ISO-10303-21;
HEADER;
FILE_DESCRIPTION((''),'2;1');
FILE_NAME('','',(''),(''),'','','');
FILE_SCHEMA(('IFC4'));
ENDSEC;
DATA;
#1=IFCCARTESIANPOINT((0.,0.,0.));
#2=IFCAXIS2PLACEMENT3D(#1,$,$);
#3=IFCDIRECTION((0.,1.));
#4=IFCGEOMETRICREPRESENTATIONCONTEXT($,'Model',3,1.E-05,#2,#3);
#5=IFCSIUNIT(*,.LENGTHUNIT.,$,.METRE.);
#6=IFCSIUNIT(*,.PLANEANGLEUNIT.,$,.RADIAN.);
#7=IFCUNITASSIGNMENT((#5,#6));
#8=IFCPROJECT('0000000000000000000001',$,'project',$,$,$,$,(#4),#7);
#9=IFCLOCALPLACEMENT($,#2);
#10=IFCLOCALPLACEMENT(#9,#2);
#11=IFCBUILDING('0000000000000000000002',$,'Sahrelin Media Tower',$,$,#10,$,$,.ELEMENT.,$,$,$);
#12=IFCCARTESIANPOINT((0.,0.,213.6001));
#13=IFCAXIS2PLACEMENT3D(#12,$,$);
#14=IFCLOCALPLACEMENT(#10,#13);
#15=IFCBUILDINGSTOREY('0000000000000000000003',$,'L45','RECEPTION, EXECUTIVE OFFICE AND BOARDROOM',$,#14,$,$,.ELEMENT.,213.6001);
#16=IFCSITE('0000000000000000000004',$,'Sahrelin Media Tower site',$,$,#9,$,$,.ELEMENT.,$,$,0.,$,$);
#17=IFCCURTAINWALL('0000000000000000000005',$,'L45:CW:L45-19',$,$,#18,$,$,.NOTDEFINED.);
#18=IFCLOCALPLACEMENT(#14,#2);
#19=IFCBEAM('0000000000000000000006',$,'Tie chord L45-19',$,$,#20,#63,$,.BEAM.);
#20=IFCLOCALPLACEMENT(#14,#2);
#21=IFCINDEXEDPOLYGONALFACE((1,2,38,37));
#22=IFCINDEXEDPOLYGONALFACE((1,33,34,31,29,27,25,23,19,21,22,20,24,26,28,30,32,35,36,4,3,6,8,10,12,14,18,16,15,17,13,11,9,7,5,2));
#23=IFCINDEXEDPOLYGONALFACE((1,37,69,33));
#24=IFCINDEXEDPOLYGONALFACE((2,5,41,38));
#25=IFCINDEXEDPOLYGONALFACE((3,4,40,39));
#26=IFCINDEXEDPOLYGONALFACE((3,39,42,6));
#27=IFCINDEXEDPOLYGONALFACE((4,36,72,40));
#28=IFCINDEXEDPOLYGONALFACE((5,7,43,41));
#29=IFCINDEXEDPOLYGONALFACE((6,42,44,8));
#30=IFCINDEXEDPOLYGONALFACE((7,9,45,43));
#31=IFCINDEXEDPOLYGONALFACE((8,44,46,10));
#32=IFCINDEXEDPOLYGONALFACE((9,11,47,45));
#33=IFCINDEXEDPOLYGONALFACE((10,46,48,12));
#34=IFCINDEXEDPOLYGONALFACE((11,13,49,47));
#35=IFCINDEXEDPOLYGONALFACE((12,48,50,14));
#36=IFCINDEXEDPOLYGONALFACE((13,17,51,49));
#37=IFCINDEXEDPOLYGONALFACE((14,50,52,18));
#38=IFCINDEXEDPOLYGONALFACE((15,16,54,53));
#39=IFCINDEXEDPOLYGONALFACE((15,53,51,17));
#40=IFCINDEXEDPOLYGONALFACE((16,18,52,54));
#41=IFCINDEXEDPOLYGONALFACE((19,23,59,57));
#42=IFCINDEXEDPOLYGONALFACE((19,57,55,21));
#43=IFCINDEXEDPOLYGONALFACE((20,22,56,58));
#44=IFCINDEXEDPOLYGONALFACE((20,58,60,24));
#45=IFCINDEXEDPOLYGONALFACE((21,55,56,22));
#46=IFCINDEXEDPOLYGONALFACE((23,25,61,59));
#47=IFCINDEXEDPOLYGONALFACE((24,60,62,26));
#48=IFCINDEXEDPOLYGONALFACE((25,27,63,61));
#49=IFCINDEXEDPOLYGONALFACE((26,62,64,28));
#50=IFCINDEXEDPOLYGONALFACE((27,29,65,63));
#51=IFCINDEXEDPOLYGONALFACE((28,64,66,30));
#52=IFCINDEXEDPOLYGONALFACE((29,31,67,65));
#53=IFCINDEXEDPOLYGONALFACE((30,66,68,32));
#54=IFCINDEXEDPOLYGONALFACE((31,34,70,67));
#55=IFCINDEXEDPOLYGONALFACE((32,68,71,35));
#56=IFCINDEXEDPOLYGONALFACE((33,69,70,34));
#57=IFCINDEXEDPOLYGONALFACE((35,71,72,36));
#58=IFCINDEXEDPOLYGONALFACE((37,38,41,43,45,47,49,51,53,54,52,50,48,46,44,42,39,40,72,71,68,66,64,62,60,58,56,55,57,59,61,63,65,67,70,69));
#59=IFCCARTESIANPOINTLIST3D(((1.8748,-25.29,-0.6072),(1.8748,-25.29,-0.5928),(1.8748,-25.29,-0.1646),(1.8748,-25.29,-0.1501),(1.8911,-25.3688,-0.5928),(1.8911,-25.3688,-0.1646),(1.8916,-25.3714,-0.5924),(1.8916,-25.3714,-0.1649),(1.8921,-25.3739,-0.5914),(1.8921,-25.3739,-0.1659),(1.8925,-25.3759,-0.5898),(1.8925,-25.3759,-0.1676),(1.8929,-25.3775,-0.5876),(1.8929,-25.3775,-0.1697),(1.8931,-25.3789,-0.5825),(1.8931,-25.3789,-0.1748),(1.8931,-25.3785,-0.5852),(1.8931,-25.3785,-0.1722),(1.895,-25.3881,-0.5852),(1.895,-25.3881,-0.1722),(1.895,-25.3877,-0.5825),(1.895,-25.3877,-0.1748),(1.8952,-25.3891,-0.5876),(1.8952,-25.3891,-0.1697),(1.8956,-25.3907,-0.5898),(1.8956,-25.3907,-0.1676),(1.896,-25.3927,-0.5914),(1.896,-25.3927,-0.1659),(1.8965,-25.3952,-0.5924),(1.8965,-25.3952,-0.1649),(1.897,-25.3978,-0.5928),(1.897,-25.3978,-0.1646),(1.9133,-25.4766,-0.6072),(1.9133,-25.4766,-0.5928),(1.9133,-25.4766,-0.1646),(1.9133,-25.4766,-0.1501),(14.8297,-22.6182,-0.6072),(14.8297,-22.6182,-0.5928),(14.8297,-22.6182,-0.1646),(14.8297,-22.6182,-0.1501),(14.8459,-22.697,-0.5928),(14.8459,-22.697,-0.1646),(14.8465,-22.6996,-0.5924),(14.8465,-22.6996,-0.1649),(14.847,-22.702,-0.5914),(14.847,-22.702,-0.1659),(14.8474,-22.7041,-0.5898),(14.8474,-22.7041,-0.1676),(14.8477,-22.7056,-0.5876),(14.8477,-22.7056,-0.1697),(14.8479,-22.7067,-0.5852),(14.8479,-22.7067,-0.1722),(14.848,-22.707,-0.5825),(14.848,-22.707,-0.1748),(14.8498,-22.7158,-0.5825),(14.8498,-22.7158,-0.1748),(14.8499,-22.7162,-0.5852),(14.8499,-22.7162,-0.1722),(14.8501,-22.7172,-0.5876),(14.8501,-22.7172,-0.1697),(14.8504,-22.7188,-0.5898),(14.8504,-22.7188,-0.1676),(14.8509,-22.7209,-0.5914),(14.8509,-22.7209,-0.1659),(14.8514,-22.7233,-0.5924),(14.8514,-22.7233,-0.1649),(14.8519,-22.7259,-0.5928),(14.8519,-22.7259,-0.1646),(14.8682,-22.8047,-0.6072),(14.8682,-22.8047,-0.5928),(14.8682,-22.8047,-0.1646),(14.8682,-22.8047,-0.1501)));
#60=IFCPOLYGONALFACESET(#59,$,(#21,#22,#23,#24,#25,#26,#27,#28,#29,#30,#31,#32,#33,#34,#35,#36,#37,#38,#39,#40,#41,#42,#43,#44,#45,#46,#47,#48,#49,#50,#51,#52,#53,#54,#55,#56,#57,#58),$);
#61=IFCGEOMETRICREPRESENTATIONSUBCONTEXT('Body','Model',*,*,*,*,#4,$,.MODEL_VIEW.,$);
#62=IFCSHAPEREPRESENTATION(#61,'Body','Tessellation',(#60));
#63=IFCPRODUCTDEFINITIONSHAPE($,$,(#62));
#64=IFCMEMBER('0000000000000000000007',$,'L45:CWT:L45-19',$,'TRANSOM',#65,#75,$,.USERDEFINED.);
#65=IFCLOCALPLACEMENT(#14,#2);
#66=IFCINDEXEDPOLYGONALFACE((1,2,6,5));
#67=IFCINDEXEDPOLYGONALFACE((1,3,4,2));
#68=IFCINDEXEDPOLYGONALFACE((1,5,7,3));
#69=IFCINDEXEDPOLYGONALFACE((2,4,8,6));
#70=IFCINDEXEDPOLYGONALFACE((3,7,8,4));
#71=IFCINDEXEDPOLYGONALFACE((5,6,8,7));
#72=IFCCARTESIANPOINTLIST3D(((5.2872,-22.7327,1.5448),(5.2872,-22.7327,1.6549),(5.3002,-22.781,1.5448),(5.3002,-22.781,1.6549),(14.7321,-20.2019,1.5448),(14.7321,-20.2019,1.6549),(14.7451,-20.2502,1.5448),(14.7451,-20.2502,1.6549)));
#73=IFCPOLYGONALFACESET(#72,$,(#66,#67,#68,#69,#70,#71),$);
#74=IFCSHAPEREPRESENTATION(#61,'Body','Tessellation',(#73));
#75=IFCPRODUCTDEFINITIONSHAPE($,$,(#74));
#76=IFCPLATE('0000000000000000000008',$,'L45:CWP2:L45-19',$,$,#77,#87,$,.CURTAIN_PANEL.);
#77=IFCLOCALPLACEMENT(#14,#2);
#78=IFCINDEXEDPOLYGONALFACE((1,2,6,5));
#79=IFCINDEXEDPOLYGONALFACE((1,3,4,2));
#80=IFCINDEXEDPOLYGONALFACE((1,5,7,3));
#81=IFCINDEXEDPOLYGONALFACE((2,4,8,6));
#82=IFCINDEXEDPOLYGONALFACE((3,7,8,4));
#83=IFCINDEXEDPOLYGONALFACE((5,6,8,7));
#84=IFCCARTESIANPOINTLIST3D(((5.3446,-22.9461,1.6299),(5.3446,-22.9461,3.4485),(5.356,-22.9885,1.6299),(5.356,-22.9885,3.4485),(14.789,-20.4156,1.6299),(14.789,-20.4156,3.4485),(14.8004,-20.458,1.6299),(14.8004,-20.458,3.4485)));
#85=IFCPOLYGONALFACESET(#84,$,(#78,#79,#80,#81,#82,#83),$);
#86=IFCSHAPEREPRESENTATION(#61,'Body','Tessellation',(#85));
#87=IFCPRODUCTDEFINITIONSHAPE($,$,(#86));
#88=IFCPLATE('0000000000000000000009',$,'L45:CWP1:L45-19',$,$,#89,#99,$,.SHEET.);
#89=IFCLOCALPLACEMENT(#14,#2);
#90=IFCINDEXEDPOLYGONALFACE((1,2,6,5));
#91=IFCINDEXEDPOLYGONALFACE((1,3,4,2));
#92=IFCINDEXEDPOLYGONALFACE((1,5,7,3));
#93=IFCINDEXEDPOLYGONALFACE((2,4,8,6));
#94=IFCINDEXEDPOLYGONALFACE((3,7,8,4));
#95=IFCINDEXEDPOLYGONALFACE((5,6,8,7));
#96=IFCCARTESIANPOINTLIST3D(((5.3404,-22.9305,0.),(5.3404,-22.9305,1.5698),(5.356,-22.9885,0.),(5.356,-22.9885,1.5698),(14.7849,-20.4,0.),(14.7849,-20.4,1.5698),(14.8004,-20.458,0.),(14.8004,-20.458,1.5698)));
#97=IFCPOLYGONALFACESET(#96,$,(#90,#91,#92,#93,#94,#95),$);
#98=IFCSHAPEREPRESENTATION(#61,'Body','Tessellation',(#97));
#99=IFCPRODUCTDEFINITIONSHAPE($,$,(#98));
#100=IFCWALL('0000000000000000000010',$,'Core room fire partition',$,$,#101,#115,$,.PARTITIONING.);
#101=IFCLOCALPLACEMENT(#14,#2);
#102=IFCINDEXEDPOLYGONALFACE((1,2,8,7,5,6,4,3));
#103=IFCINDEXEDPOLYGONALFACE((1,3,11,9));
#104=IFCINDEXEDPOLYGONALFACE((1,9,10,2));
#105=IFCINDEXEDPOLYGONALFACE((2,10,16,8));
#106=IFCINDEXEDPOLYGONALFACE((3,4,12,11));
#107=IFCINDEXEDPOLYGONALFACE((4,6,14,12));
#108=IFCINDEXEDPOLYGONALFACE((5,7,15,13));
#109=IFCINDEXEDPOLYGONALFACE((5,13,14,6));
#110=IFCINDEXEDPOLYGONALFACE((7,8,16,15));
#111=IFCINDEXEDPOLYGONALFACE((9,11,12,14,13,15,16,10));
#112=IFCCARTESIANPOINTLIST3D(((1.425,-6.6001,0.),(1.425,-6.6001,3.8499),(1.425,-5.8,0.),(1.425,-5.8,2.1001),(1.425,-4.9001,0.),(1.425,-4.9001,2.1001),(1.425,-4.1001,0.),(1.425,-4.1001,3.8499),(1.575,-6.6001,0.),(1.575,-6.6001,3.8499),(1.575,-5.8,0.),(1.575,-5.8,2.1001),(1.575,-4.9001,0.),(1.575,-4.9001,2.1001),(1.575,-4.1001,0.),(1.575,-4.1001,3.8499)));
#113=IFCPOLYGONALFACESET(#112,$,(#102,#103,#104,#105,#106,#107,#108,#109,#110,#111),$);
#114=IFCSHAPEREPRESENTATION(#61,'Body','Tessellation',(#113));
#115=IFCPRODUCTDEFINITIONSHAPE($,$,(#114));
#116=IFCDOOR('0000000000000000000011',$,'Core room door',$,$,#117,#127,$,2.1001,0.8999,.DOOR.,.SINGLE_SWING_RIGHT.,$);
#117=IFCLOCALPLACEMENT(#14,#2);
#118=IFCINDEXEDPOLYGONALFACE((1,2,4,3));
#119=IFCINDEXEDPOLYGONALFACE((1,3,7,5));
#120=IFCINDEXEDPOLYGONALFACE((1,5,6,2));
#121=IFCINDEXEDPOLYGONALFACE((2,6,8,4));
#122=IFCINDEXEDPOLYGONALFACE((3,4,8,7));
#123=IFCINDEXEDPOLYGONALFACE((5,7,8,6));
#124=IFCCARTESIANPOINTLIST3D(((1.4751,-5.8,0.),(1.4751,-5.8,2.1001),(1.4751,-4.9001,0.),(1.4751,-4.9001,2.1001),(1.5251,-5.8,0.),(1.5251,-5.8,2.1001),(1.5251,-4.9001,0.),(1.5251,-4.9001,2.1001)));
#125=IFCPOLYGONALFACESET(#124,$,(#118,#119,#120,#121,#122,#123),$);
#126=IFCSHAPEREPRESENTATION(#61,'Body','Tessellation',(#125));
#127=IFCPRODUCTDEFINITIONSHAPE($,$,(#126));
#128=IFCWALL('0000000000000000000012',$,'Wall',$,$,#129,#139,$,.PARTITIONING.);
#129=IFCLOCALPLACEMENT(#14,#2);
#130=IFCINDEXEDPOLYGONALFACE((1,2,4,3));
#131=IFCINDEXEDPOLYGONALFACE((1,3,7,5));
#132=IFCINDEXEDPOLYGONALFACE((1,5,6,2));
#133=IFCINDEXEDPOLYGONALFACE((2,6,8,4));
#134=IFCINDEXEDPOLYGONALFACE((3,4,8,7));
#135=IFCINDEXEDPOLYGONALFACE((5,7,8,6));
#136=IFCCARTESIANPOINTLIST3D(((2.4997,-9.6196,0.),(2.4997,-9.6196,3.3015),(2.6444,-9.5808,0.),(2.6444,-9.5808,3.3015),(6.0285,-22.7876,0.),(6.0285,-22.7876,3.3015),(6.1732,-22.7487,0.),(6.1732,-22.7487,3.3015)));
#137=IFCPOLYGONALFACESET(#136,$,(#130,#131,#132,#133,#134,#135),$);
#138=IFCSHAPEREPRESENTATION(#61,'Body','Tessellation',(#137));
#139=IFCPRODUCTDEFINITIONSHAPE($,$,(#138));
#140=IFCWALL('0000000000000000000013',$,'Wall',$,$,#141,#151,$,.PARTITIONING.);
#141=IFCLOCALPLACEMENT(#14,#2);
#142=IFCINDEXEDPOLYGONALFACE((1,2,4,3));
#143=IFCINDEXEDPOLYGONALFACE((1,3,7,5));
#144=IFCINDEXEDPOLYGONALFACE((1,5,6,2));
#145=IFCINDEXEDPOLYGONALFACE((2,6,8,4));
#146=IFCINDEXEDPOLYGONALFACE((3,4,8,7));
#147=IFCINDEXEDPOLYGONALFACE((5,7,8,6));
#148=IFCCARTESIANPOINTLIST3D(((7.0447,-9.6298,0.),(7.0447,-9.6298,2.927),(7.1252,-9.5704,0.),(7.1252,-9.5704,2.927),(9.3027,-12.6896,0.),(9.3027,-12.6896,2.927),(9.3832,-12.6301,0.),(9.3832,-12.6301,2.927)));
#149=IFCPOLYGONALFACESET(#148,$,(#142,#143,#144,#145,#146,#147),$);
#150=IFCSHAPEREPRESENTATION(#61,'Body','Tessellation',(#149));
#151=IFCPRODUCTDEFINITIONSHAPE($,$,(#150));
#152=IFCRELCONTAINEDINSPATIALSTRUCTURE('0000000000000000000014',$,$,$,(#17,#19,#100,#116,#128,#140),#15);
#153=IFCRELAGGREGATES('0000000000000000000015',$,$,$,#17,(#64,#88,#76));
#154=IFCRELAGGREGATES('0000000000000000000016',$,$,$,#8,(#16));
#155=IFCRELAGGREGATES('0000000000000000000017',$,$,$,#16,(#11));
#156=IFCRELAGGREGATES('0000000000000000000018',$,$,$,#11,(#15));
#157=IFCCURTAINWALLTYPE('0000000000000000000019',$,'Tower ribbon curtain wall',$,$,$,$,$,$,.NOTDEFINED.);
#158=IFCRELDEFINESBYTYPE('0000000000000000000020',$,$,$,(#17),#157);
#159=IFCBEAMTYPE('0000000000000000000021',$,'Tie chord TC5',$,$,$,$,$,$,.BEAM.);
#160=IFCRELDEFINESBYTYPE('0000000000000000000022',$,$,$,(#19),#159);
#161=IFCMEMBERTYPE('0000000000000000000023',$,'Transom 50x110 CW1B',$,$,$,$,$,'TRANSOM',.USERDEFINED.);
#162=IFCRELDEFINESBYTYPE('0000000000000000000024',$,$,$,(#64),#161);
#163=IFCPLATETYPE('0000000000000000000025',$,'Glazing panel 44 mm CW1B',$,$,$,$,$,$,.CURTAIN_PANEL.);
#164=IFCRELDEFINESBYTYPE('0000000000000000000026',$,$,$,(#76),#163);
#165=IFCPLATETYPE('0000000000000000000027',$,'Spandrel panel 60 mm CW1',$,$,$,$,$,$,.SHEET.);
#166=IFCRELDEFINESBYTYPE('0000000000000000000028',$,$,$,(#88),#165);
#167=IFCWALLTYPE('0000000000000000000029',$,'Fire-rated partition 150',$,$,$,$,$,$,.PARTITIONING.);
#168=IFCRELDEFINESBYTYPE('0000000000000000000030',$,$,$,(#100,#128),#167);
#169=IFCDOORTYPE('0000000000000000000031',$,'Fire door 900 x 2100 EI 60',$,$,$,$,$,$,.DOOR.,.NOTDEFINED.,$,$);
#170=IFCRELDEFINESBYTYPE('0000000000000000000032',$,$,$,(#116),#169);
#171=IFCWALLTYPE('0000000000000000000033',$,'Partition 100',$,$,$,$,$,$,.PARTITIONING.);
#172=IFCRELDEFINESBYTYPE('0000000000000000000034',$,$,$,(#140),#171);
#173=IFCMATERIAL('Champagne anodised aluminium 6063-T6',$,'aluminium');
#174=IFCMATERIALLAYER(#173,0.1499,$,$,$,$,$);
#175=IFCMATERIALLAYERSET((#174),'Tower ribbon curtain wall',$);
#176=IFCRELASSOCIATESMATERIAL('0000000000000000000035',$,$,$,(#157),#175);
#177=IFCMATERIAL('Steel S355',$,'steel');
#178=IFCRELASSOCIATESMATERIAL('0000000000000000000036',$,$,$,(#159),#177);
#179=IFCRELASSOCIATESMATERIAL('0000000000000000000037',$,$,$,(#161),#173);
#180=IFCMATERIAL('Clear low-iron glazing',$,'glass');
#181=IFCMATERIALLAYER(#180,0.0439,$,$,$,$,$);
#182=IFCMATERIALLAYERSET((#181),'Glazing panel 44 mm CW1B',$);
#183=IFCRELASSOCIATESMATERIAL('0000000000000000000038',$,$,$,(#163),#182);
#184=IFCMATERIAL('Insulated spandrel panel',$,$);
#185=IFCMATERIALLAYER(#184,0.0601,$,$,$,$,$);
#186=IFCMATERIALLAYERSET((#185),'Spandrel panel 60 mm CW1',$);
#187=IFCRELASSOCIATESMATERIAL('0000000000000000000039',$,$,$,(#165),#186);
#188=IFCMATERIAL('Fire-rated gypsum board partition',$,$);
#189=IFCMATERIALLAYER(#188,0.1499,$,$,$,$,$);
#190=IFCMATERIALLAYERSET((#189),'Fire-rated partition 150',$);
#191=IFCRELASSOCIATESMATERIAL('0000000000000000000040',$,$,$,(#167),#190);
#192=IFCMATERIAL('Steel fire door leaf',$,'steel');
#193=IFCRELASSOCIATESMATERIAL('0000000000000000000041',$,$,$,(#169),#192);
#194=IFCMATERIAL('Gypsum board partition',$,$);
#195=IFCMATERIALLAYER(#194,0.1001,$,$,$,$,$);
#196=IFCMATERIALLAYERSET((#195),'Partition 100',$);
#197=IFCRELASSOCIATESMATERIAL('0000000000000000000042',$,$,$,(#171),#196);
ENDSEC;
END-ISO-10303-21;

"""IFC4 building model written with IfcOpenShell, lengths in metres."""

from ifc_helpers import new_model, si_unit, direction, frame, frame_2d, origin, origin_2d, place, context, subcontext, project, spatial, polyline, rectangle, i_section, outline, extrude, material, layer, layer_set, material_profile, profile_set, type_object, element, fill, aggregate, save


model = new_model("IFC4")

# Units and contexts
model_context = context("Model", 3, precision=1e-05, world=origin(), true_north=direction((0.0, 1.0)))
body_context = subcontext(model_context, "Body", "Model", "MODEL_VIEW")
ifc_project = project(units=[si_unit("LENGTHUNIT", "METRE"), si_unit("PLANEANGLEUNIT", "RADIAN")], contexts=[model_context])

# Site, building, storey
site_placement = place(None, origin())
site = spatial("IfcSite", under=ifc_project, at=site_placement, Name="Sahrelin Media Tower site", CompositionType="ELEMENT", RefElevation=0.0)
building_placement = place(site_placement, origin())
building = spatial("IfcBuilding", under=site, at=building_placement, Name="Sahrelin Media Tower", CompositionType="ELEMENT")
storey_placement = place(building_placement, frame((0.0, 0.0, 213.6001)))
storey = spatial("IfcBuildingStorey", under=building, at=storey_placement, Name="L45", Description="RECEPTION, EXECUTIVE OFFICE AND BOARDROOM", CompositionType="ELEMENT", Elevation=213.6001)

# Shared definitions
ifc_material_1 = material(Name="Steel S355", Category="steel")

# Curtain wall
ifc_material_2 = material(Name="Champagne anodised aluminium 6063-T6", Category="aluminium")
ifc_layer_1 = layer(ifc_material_2, 0.1499)
ifc_layer_set_1 = layer_set([ifc_layer_1], Name="Tower ribbon curtain wall")
curtain_wall_type = type_object("IfcCurtainWallType", Name="Tower ribbon curtain wall", PredefinedType="NOTDEFINED", material=ifc_layer_set_1)
curtain_wall_1_placement = place(storey_placement, frame((10.073, -21.7039, 0.0), z_axis=(0.0, 0.0, 1.0), x_axis=(1.0, 0.0, 0.0)))
curtain_wall_1 = element("IfcCurtainWall", 1, at=curtain_wall_1_placement, inside=storey, type_object=curtain_wall_type, Name="L45:CW:L45-19", PredefinedType="NOTDEFINED")

# Beam
ifc_material_profile_1 = material_profile(ifc_material_1, i_section(OverallWidth=0.1904, OverallDepth=0.457, WebThickness=0.009, FlangeThickness=0.0144, FilletRadius=0.0103, at=origin_2d()), Name="UB 457x191x74")
ifc_profile_set_1 = profile_set([ifc_material_profile_1], Name="Steel S355")
beam_type_1 = type_object("IfcBeamType", Name="Tie chord TC5", PredefinedType="BEAM", material=ifc_profile_set_1)
beam_1_placement = place(storey_placement, frame((1.894, -25.3833, -0.3787), z_axis=(0.979387, 0.201994, 0.0), x_axis=(-0.201994, 0.979387, 0.0)))
element("IfcBeam", 2, at=beam_1_placement, inside=storey, type_object=beam_type_1, Name="Tie chord L45-19", PredefinedType="BEAM", context=body_context, shape_type="SweptSolid", body=[
    extrude(i_section(OverallWidth=0.1904, OverallDepth=0.457, WebThickness=0.009, FlangeThickness=0.0144, FilletRadius=0.0103, at=origin_2d()), origin(), (0.0, 0.0, 1.0), 13.2275),
])

# Member
ifc_material_profile_2 = material_profile(ifc_material_2, rectangle(XDim=0.05, YDim=0.1101, at=origin_2d()), Name="Transom 50x110")
ifc_profile_set_2 = profile_set([ifc_material_profile_2], Name="Champagne anodised aluminium 6063-T6")
member_type_1 = type_object("IfcMemberType", Name="Transom 50x110 CW1B", ElementType="TRANSOM", PredefinedType="USERDEFINED", material=ifc_profile_set_2)
member_1_placement = place(storey_placement, frame((5.2937, -22.7568, 1.5999), z_axis=(0.965925, 0.258822, 0.0), x_axis=(-0.258822, 0.965925, 0.0)))
member_1 = element("IfcMember", 3, at=member_1_placement, type_object=member_type_1, Name="L45:CWT:L45-19", ObjectType="TRANSOM", PredefinedType="USERDEFINED", context=body_context, shape_type="SweptSolid", body=[
    extrude(rectangle(XDim=0.05, YDim=0.1101, at=origin_2d()), origin(), (0.0, 0.0, 1.0), 9.7781),
])

# Plates
ifc_material_3 = material(Name="Clear low-iron glazing", Category="glass")
ifc_layer_2 = layer(ifc_material_3, 0.0439)
ifc_layer_set_2 = layer_set([ifc_layer_2], Name="Glazing panel 44 mm CW1B")
plate_type_1 = type_object("IfcPlateType", Name="Glazing panel 44 mm CW1B", PredefinedType="CURTAIN_PANEL", material=ifc_layer_set_2)
plate_1_placement = place(storey_placement, frame((5.356, -22.9885, 1.6299), z_axis=(0.258805, -0.96593, 0.0), x_axis=(0.96593, 0.258805, 0.0)))
plate_1 = element("IfcPlate", 4, at=plate_1_placement, type_object=plate_type_1, Name="L45:CWP2:L45-19", PredefinedType="CURTAIN_PANEL", context=body_context, shape_type="SweptSolid", body=[
    extrude(outline(polyline([(0.0, 0.0), (9.7776, 0.0), (9.7776, 1.8186), (0.0, 1.8186), (0.0, 0.0)])), origin(), (0.0, 0.0, -1.0), 0.0439),
])
ifc_material_4 = material(Name="Insulated spandrel panel")
ifc_layer_3 = layer(ifc_material_4, 0.0601)
ifc_layer_set_3 = layer_set([ifc_layer_3], Name="Spandrel panel 60 mm CW1")
plate_type_2 = type_object("IfcPlateType", Name="Spandrel panel 60 mm CW1", PredefinedType="SHEET", material=ifc_layer_set_3)
plate_2_placement = place(storey_placement, frame((5.356, -22.9885, 0.0), z_axis=(0.258805, -0.96593, 0.0), x_axis=(0.96593, 0.258805, 0.0)))
plate_2 = element("IfcPlate", 5, at=plate_2_placement, type_object=plate_type_2, Name="L45:CWP1:L45-19", PredefinedType="SHEET", context=body_context, shape_type="SweptSolid", body=[
    extrude(outline(polyline([(0.0, 0.0), (9.7776, 0.0), (9.7776, 1.5698), (0.0, 1.5698), (0.0, 0.0)])), origin(), (0.0, 0.0, -1.0), 0.0601),
])
aggregate(curtain_wall_1, [member_1, plate_2, plate_1])

# Wall, opening, door
ifc_material_5 = material(Name="Fire-rated gypsum board partition")
ifc_layer_4 = layer(ifc_material_5, 0.1499)
ifc_layer_set_4 = layer_set([ifc_layer_4], Name="Fire-rated partition 150")
wall_type_1 = type_object("IfcWallType", Name="Fire-rated partition 150", PredefinedType="PARTITIONING", material=ifc_layer_set_4)
wall_1_placement = place(storey_placement, frame((1.5, -6.6001, 0.0), z_axis=(0.0, 0.0, 1.0), x_axis=(0.0, 1.0, 0.0)))
wall_1 = element("IfcWall", 6, at=wall_1_placement, inside=storey, type_object=wall_type_1, Name="Core room fire partition", PredefinedType="PARTITIONING", context=body_context, shape_type="SweptSolid", body=[
    extrude(rectangle(XDim=2.5, YDim=0.1499, at=frame_2d((1.25, 0.0))), origin(), (0.0, 0.0, 1.0), 3.8499),
])
opening_1_placement = place(wall_1_placement, frame((0.8, 0.0, 0.0)))
opening_1 = element("IfcOpeningElement", 7, at=opening_1_placement, cuts=wall_1, PredefinedType="OPENING", context=body_context, shape_type="SweptSolid", body=[
    extrude(rectangle(XDim=0.8999, YDim=2.1001, at=frame_2d((0.45, 1.05))), frame((0.0, 0.075, 0.0), z_axis=(0.0, -1.0, 0.0), x_axis=(1.0, 0.0, 0.0)), (0.0, 0.0, 1.0), 0.1499),
])
ifc_material_6 = material(Name="Steel fire door leaf", Category="steel")
door_type_1 = type_object("IfcDoorType", Name="Fire door 900 x 2100 EI 60", OperationType="NOTDEFINED", PredefinedType="DOOR", material=ifc_material_6)
door_1_placement = place(opening_1_placement, origin())
door_1 = element("IfcDoor", 8, at=door_1_placement, inside=storey, type_object=door_type_1, Name="Core room door", OperationType="SINGLE_SWING_RIGHT", OverallHeight=2.1001, OverallWidth=0.8999, PredefinedType="DOOR", context=body_context, shape_type="SweptSolid", body=[
    extrude(rectangle(XDim=0.8999, YDim=2.1001, at=frame_2d((0.45, 1.05))), frame((0.0, 0.0249, 0.0), z_axis=(0.0, -1.0, 0.0), x_axis=(1.0, 0.0, 0.0)), (0.0, 0.0, 1.0), 0.05),
])
fill(opening_1, door_1)

# Walls
wall_2_placement = place(storey_placement, frame((2.572, -9.6001, 0.0), z_axis=(0.0, 0.0, 1.0), x_axis=(0.258851, -0.965917, 0.0)))
element("IfcWall", 9, at=wall_2_placement, inside=storey, type_object=wall_type_1, Name="Wall", PredefinedType="PARTITIONING", context=body_context, shape_type="SweptSolid", body=[
    extrude(rectangle(XDim=13.6326, YDim=0.1499, at=frame_2d((6.8164, 0.0))), origin(), (0.0, 0.0, 1.0), 3.3015),
])
ifc_material_7 = material(Name="Gypsum board partition")
ifc_layer_5 = layer(ifc_material_7, 0.1001)
ifc_layer_set_5 = layer_set([ifc_layer_5], Name="Partition 100")
wall_type_2 = type_object("IfcWallType", Name="Partition 100", PredefinedType="PARTITIONING", material=ifc_layer_set_5)
wall_3_placement = place(storey_placement, frame((7.085, -9.6001, 0.0), z_axis=(0.0, 0.0, 1.0), x_axis=(0.593788, -0.804622, 0.0)))
element("IfcWall", 10, at=wall_3_placement, inside=storey, type_object=wall_type_2, Name="Wall", PredefinedType="PARTITIONING", context=body_context, shape_type="SweptSolid", body=[
    extrude(rectangle(XDim=3.8027, YDim=0.1001, at=frame_2d((1.9014, 0.0))), origin(), (0.0, 0.0, 1.0), 2.927),
])

save(model, "model.ifc")
